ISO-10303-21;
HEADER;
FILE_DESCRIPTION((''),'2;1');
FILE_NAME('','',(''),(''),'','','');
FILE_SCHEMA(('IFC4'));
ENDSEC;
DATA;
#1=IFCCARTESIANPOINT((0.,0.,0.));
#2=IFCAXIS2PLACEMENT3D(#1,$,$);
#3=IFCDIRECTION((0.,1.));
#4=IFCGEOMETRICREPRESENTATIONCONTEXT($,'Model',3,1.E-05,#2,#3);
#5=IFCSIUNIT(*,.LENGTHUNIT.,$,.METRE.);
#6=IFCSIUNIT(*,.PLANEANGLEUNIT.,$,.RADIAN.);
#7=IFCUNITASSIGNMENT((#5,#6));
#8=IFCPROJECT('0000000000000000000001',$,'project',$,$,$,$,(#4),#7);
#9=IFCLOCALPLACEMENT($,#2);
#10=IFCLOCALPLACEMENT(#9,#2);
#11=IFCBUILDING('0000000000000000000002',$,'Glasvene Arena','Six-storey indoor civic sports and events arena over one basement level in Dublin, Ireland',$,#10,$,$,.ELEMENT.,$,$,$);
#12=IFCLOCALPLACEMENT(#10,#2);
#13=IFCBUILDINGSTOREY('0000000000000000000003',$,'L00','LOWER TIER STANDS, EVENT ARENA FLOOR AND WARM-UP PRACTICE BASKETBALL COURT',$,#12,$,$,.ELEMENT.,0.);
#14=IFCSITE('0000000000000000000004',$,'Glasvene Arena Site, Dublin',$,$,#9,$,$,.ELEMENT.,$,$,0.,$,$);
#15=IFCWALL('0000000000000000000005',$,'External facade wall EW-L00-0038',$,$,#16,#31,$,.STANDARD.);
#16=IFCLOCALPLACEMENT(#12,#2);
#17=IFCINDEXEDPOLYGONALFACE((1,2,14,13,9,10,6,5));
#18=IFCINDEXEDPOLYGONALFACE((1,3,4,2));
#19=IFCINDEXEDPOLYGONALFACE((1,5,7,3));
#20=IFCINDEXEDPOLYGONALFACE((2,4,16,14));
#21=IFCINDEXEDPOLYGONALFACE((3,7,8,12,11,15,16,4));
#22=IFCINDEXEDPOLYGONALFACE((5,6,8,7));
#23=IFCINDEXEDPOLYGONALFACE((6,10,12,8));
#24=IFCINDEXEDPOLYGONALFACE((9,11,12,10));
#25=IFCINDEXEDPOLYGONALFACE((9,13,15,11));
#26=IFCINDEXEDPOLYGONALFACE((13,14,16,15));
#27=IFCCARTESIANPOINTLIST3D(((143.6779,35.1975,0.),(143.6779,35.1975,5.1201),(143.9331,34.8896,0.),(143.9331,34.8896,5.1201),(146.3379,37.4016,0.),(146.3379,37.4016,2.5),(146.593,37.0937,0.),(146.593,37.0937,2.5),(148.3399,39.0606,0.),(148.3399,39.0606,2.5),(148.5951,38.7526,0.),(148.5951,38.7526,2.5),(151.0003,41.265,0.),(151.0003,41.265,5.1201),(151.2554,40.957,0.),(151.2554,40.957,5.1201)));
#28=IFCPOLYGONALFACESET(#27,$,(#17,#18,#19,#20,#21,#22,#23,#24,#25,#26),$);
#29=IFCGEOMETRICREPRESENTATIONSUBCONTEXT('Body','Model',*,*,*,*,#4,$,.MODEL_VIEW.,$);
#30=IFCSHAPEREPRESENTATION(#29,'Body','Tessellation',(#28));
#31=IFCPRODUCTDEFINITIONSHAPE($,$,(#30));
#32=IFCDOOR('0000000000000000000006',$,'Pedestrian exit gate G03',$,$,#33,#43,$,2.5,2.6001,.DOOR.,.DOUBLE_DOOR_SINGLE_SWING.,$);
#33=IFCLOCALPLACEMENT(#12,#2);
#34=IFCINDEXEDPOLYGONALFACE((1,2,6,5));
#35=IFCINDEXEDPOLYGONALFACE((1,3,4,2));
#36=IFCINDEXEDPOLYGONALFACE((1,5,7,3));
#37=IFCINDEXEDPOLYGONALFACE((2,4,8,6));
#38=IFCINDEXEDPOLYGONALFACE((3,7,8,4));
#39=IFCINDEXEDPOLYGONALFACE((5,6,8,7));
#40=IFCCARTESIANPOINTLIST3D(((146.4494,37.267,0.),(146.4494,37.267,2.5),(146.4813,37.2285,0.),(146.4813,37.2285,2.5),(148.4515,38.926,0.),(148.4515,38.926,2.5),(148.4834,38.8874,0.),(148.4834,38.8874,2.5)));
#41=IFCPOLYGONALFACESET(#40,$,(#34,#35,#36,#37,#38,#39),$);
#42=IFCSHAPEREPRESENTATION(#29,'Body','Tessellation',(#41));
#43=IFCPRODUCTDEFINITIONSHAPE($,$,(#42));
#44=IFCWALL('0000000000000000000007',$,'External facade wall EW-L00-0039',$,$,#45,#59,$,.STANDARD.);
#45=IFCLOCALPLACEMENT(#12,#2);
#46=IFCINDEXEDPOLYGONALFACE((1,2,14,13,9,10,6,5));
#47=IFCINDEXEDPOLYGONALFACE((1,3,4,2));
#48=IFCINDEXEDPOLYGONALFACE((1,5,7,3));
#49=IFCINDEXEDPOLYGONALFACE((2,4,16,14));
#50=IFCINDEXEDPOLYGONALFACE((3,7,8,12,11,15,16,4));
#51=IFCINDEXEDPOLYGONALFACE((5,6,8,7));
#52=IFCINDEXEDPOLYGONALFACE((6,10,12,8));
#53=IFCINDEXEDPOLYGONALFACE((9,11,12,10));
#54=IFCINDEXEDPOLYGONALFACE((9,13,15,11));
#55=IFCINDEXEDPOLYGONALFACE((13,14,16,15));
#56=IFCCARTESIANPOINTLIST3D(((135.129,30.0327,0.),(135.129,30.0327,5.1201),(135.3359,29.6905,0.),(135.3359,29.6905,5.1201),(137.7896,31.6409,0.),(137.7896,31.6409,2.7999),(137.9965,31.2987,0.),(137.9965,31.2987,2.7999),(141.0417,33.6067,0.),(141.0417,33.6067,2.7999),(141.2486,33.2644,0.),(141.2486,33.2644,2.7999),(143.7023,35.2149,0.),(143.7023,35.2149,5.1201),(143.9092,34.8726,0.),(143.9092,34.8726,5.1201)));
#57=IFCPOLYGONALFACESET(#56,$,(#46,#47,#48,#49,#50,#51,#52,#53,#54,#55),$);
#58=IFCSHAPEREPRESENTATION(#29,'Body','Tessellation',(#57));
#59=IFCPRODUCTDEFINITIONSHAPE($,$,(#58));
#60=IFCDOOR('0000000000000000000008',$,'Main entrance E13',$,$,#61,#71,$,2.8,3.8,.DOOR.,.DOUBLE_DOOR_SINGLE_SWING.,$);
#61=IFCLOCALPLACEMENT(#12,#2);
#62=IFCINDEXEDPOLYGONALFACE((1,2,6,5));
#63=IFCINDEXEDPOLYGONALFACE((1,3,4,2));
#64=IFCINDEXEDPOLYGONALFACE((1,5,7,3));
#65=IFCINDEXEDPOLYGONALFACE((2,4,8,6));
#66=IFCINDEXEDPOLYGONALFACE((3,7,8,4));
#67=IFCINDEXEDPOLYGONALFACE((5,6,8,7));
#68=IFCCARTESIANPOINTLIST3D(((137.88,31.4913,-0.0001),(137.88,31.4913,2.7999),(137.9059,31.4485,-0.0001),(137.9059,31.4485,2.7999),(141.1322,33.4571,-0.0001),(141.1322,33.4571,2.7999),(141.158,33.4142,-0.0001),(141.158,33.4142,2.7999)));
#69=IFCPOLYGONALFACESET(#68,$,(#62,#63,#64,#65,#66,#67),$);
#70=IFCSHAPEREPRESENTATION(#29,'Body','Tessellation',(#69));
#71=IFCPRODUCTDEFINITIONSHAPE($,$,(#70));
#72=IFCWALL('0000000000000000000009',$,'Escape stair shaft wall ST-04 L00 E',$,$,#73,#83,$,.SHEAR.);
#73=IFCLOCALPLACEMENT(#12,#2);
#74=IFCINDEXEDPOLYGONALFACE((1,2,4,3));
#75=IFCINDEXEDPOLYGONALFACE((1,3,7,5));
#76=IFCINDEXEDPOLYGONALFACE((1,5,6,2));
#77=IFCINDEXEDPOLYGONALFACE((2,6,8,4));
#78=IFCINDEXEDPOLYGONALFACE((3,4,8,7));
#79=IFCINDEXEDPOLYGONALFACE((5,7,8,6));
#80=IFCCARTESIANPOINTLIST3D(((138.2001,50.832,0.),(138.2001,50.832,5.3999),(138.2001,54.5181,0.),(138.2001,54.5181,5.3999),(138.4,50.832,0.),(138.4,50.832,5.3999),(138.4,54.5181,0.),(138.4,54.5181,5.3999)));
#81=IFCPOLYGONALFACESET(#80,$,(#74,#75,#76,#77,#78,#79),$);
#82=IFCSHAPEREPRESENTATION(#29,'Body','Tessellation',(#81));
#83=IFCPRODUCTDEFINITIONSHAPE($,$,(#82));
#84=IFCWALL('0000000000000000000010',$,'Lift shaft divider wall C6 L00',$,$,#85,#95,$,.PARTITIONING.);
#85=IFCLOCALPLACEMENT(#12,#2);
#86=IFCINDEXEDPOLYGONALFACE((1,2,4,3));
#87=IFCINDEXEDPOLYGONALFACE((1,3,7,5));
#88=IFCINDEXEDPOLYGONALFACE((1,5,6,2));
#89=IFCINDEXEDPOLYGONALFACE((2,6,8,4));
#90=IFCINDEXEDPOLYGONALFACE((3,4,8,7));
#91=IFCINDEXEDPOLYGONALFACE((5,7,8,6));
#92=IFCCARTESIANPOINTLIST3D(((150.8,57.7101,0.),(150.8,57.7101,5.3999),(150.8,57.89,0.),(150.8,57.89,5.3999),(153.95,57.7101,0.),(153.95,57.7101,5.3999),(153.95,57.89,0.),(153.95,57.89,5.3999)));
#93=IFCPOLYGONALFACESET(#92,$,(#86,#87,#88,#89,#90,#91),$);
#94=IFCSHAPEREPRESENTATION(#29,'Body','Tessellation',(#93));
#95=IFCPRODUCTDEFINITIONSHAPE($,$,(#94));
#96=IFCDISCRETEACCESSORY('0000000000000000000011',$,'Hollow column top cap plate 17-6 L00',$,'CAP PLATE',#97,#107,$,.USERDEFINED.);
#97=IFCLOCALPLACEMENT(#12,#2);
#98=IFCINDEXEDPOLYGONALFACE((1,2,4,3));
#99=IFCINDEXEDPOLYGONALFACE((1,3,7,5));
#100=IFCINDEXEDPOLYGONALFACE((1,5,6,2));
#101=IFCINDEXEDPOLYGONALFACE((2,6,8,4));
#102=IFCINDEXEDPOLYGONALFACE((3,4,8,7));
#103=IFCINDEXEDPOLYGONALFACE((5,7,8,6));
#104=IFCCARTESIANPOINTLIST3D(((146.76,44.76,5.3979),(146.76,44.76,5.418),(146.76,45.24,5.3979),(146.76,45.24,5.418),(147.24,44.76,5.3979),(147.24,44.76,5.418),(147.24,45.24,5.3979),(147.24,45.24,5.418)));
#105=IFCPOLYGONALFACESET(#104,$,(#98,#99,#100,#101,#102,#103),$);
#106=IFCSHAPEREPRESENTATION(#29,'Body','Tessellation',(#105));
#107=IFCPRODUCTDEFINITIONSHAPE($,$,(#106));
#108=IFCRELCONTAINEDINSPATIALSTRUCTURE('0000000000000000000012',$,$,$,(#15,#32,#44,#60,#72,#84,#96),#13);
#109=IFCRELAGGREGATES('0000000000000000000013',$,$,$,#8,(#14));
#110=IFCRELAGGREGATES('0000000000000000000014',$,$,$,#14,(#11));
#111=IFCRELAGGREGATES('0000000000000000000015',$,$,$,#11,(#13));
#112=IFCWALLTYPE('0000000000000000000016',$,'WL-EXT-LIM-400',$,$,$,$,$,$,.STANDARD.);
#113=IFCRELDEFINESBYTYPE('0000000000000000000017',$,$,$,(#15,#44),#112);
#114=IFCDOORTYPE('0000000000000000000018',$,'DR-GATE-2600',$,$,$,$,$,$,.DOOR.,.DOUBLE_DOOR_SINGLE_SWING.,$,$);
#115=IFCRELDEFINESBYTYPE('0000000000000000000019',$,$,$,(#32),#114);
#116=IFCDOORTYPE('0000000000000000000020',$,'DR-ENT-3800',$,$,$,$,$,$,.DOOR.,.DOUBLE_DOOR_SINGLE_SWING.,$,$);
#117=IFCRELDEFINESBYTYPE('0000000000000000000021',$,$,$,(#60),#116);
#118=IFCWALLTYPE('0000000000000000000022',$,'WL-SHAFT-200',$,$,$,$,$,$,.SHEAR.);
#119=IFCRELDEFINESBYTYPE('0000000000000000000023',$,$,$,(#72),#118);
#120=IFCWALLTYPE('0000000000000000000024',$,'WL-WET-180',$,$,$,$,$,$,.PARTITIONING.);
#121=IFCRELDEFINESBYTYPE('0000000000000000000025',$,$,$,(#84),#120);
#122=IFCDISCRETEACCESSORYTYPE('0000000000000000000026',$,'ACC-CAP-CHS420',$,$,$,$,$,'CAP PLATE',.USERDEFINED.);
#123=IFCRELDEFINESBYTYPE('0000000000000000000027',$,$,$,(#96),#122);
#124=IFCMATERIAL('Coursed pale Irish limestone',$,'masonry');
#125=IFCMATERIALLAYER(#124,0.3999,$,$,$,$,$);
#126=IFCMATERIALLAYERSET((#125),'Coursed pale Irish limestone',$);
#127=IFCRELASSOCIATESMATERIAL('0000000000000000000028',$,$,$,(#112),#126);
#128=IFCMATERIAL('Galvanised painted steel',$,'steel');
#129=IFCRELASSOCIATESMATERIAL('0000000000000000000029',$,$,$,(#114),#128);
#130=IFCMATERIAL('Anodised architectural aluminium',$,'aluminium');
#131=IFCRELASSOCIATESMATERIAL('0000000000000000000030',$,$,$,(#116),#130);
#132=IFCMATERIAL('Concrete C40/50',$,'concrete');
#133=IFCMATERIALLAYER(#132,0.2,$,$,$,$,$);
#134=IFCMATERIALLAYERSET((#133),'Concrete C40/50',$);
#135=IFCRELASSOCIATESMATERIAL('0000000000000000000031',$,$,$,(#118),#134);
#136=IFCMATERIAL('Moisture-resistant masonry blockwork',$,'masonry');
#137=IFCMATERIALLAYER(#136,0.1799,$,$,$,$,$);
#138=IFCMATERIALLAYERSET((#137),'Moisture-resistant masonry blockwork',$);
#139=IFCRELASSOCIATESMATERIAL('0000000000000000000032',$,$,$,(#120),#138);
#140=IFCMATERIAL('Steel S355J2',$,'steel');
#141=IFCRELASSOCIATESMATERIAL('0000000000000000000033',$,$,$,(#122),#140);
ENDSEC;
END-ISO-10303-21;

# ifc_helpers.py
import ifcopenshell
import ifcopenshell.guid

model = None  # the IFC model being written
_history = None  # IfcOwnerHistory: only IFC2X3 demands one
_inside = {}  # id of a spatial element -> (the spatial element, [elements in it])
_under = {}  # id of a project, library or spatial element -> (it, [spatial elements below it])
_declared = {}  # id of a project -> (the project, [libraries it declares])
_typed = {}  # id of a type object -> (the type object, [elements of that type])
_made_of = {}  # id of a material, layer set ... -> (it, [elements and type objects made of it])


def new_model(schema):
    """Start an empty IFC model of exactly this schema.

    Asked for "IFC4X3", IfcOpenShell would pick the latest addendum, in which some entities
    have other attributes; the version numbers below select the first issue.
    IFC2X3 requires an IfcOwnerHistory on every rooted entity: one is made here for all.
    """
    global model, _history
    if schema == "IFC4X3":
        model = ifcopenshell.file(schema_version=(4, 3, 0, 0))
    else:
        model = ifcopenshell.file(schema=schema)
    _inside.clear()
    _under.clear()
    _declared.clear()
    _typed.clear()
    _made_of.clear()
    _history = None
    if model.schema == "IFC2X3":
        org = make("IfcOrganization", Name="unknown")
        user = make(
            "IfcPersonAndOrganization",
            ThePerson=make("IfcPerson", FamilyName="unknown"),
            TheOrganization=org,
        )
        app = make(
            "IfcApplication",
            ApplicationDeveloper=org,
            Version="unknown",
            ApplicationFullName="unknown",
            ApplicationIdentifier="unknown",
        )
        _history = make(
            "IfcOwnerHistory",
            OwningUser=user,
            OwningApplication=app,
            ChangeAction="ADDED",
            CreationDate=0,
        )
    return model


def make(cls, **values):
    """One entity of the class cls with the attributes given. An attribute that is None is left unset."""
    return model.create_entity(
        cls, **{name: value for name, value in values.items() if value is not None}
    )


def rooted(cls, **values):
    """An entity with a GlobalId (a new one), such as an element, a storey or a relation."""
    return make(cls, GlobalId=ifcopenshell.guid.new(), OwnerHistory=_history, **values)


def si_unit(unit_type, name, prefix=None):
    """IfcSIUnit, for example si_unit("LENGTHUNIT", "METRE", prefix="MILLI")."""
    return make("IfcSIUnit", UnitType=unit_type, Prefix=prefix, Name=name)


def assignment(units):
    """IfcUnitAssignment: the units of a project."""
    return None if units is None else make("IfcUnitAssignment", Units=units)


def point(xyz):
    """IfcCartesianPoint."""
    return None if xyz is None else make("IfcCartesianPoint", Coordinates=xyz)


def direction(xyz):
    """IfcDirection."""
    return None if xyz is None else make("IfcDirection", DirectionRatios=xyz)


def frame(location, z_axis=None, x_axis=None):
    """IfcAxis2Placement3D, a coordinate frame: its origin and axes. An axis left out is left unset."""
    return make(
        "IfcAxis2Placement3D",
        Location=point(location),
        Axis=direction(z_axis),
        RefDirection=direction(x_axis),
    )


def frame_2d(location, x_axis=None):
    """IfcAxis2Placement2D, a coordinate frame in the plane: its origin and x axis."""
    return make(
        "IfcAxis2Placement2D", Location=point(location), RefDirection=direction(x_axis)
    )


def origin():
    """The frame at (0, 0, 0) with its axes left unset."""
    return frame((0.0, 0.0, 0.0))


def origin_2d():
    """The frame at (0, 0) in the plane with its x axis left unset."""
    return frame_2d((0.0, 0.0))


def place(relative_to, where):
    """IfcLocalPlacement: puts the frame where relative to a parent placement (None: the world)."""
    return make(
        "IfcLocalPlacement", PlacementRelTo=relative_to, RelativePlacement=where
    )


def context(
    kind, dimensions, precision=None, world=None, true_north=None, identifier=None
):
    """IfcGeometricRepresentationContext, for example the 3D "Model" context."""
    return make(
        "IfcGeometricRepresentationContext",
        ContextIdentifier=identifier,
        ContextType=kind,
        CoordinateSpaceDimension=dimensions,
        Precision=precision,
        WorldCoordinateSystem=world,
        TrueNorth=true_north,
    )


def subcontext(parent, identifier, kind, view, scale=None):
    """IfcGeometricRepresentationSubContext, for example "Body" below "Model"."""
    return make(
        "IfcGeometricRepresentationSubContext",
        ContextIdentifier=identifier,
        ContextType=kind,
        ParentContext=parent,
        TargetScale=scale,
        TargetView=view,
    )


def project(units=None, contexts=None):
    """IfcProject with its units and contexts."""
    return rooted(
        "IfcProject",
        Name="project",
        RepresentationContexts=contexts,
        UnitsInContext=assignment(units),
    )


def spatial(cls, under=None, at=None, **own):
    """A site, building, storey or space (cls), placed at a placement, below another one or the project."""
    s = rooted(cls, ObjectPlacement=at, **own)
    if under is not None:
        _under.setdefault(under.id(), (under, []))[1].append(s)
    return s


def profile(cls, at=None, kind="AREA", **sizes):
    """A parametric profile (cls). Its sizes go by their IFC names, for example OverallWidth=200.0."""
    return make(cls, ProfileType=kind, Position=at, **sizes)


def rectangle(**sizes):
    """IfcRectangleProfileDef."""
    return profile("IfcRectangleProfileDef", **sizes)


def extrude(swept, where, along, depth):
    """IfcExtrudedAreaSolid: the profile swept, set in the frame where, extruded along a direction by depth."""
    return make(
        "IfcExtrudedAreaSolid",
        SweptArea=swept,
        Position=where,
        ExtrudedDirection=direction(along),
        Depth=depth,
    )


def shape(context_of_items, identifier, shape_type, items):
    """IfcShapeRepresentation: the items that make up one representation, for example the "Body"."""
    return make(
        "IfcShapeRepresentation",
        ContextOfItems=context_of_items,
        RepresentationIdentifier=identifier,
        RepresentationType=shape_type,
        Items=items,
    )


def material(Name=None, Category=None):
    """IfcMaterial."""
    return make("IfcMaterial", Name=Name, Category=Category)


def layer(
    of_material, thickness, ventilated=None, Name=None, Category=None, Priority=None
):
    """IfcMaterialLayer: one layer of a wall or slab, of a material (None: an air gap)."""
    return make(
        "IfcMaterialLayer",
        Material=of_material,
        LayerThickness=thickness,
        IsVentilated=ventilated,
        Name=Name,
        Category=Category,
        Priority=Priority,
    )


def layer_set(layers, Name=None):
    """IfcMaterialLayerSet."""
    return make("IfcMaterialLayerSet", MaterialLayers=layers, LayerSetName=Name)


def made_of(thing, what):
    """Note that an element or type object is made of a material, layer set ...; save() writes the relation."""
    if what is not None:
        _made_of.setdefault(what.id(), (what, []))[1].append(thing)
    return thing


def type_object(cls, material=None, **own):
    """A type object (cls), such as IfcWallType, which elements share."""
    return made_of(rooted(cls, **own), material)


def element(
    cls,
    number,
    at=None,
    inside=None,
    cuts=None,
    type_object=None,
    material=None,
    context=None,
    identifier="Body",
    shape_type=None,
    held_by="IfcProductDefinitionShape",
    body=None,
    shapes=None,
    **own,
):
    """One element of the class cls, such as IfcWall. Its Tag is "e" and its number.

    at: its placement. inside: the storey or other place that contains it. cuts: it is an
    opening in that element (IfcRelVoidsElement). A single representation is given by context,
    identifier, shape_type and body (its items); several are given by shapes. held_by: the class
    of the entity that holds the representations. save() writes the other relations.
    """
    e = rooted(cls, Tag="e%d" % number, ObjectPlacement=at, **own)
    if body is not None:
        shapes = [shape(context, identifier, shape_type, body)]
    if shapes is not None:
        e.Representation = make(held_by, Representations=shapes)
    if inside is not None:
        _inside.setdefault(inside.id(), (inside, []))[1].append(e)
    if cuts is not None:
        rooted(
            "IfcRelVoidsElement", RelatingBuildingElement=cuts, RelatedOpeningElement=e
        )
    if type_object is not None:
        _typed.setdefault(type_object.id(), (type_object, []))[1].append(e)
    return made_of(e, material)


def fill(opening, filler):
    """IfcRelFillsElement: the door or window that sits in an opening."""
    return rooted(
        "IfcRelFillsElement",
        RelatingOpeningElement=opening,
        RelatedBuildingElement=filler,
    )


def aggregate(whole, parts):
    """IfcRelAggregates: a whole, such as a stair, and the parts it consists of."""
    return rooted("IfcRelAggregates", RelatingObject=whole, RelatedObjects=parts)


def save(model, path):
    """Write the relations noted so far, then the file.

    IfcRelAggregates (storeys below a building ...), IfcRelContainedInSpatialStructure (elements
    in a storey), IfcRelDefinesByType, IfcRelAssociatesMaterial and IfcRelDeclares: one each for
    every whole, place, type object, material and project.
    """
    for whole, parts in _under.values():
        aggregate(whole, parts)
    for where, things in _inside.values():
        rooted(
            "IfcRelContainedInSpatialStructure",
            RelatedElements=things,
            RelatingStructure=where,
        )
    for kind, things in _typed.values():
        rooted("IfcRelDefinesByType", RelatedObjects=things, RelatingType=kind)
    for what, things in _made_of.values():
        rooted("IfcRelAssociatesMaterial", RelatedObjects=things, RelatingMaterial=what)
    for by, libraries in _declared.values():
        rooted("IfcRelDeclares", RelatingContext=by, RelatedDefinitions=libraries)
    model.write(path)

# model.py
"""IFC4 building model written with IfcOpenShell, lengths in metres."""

from ifc_helpers import new_model, si_unit, direction, frame, frame_2d, origin, origin_2d, place, context, subcontext, project, spatial, rectangle, extrude, material, layer, layer_set, type_object, element, fill, save


model = new_model("IFC4")

# Units and contexts
model_context = context("Model", 3, precision=1e-05, world=origin(), true_north=direction((0.0, 1.0)))
body_context = subcontext(model_context, "Body", "Model", "MODEL_VIEW")
ifc_project = project(units=[si_unit("LENGTHUNIT", "METRE"), si_unit("PLANEANGLEUNIT", "RADIAN")], contexts=[model_context])

# Site, building, storey
site_placement = place(None, origin())
site = spatial("IfcSite", under=ifc_project, at=site_placement, Name="Glasvene Arena Site, Dublin", CompositionType="ELEMENT", RefElevation=0.0)
building_placement = place(site_placement, origin())
building = spatial("IfcBuilding", under=site, at=building_placement, Name="Glasvene Arena", Description="Six-storey indoor civic sports and events arena over one basement level in Dublin, Ireland", CompositionType="ELEMENT")
storey_placement = place(building_placement, origin())
storey = spatial("IfcBuildingStorey", under=building, at=storey_placement, Name="L00", Description="LOWER TIER STANDS, EVENT ARENA FLOOR AND WARM-UP PRACTICE BASKETBALL COURT", CompositionType="ELEMENT", Elevation=0.0)

# Shared definitions
ifc_material_1 = material(Name="Concrete C40/50", Category="concrete")
ifc_material_2 = material(Name="Steel S355J2", Category="steel")

# Walls, openings, doors
ifc_material_3 = material(Name="Coursed pale Irish limestone", Category="masonry")
ifc_layer_1 = layer(ifc_material_3, 0.3999)
ifc_layer_set_1 = layer_set([ifc_layer_1], Name="Coursed pale Irish limestone")
wall_type_1 = type_object("IfcWallType", Name="WL-EXT-LIM-400", PredefinedType="STANDARD", material=ifc_layer_set_1)
wall_1_placement = place(storey_placement, frame((151.1279, 41.1111, 0.0), z_axis=(0.0, 0.0, 1.0), x_axis=(-0.770003, -0.63804, 0.0)))
wall_1 = element("IfcWall", 1, at=wall_1_placement, inside=storey, type_object=wall_type_1, Name="External facade wall EW-L00-0038", PredefinedType="STANDARD", context=body_context, shape_type="SweptSolid", body=[
    extrude(rectangle(XDim=9.5095, YDim=0.3999, at=frame_2d((4.7549, 0.0))), origin(), (0.0, 0.0, 1.0), 5.1201),
])
opening_1_placement = place(wall_1_placement, frame((3.4551, 0.0, 0.0)))
opening_1 = element("IfcOpeningElement", 2, at=opening_1_placement, cuts=wall_1, PredefinedType="OPENING", context=body_context, shape_type="SweptSolid", body=[
    extrude(rectangle(XDim=2.6001, YDim=2.5, at=frame_2d((1.3, 1.25))), frame((0.0, 0.21, 0.0), z_axis=(0.0, -1.0, 0.0), x_axis=(1.0, 0.0, 0.0)), (0.0, 0.0, 1.0), 0.4199),
])
ifc_material_4 = material(Name="Galvanised painted steel", Category="steel")
door_type_1 = type_object("IfcDoorType", Name="DR-GATE-2600", OperationType="DOUBLE_DOOR_SINGLE_SWING", PredefinedType="DOOR", material=ifc_material_4)
door_1_placement = place(opening_1_placement, origin())
door_1 = element("IfcDoor", 3, at=door_1_placement, inside=storey, type_object=door_type_1, Name="Pedestrian exit gate G03", OperationType="DOUBLE_DOOR_SINGLE_SWING", OverallHeight=2.5, OverallWidth=2.6001, PredefinedType="DOOR", context=body_context, shape_type="SweptSolid", body=[
    extrude(rectangle(XDim=2.6001, YDim=2.5, at=frame_2d((1.3, 1.25))), frame((0.0, 0.0249, 0.0), z_axis=(0.0, -1.0, 0.0), x_axis=(1.0, 0.0, 0.0)), (0.0, 0.0, 1.0), 0.05),
])
fill(opening_1, door_1)
wall_2_placement = place(storey_placement, frame((143.8057, 35.0437, 0.0), z_axis=(0.0, 0.0, 1.0), x_axis=(-0.855807, -0.517296, 0.0)))
wall_2 = element("IfcWall", 4, at=wall_2_placement, inside=storey, type_object=wall_type_1, Name="External facade wall EW-L00-0039", PredefinedType="STANDARD", context=body_context, shape_type="SweptSolid", body=[
    extrude(rectangle(XDim=10.0178, YDim=0.3999, at=frame_2d((5.0088, 0.0))), origin(), (0.0, 0.0, 1.0), 5.1201),
])
opening_2_placement = place(wall_2_placement, frame((3.1089, 0.0, 0.0)))
opening_2 = element("IfcOpeningElement", 5, at=opening_2_placement, cuts=wall_2, PredefinedType="OPENING", context=body_context, shape_type="SweptSolid", body=[
    extrude(rectangle(XDim=3.8, YDim=2.8, at=frame_2d((1.8999, 1.3999))), frame((0.0, 0.21, 0.0), z_axis=(0.0, -1.0, 0.0), x_axis=(1.0, 0.0, 0.0)), (0.0, 0.0, 1.0), 0.4199),
])
ifc_material_5 = material(Name="Anodised architectural aluminium", Category="aluminium")
door_type_2 = type_object("IfcDoorType", Name="DR-ENT-3800", OperationType="DOUBLE_DOOR_SINGLE_SWING", PredefinedType="DOOR", material=ifc_material_5)
door_2_placement = place(opening_2_placement, origin())
door_2 = element("IfcDoor", 6, at=door_2_placement, inside=storey, type_object=door_type_2, Name="Main entrance E13", OperationType="DOUBLE_DOOR_SINGLE_SWING", OverallHeight=2.8, OverallWidth=3.8, PredefinedType="DOOR", context=body_context, shape_type="SweptSolid", body=[
    extrude(rectangle(XDim=3.8, YDim=2.8, at=frame_2d((1.8999, 1.3999))), frame((0.0, 0.0249, 0.0), z_axis=(0.0, -1.0, 0.0), x_axis=(1.0, 0.0, 0.0)), (0.0, 0.0, 1.0), 0.05),
])
fill(opening_2, door_2)
ifc_layer_2 = layer(ifc_material_1, 0.2)
ifc_layer_set_2 = layer_set([ifc_layer_2], Name="Concrete C40/50")
wall_type_2 = type_object("IfcWallType", Name="WL-SHAFT-200", PredefinedType="SHEAR", material=ifc_layer_set_2)

# Walls
wall_3_placement = place(storey_placement, frame((138.3, 50.832, 0.0), z_axis=(0.0, 0.0, 1.0), x_axis=(0.0, 1.0, 0.0)))
element("IfcWall", 7, at=wall_3_placement, inside=storey, type_object=wall_type_2, Name="Escape stair shaft wall ST-04 L00 E", PredefinedType="SHEAR", context=body_context, shape_type="SweptSolid", body=[
    extrude(rectangle(XDim=3.686, YDim=0.2, at=frame_2d((1.843, 0.0))), origin(), (0.0, 0.0, 1.0), 5.3999),
])
ifc_material_6 = material(Name="Moisture-resistant masonry blockwork", Category="masonry")
ifc_layer_3 = layer(ifc_material_6, 0.1799)
ifc_layer_set_3 = layer_set([ifc_layer_3], Name="Moisture-resistant masonry blockwork")
wall_type_3 = type_object("IfcWallType", Name="WL-WET-180", PredefinedType="PARTITIONING", material=ifc_layer_set_3)
wall_4_placement = place(storey_placement, frame((150.8, 57.8, 0.0), z_axis=(0.0, 0.0, 1.0), x_axis=(1.0, 0.0, 0.0)))
element("IfcWall", 8, at=wall_4_placement, inside=storey, type_object=wall_type_3, Name="Lift shaft divider wall C6 L00", PredefinedType="PARTITIONING", context=body_context, shape_type="SweptSolid", body=[
    extrude(rectangle(XDim=3.1499, YDim=0.1799, at=frame_2d((1.575, 0.0))), origin(), (0.0, 0.0, 1.0), 5.3999),
])

# Discrete accessory
discrete_accessory_type = type_object("IfcDiscreteAccessoryType", Name="ACC-CAP-CHS420", ElementType="CAP PLATE", PredefinedType="USERDEFINED", material=ifc_material_2)
discrete_accessory_placement = place(storey_placement, frame((147.0, 45.0, 5.3979), z_axis=(0.0, 0.0, 1.0), x_axis=(1.0, 0.0, 0.0)))
element("IfcDiscreteAccessory", 9, at=discrete_accessory_placement, inside=storey, type_object=discrete_accessory_type, Name="Hollow column top cap plate 17-6 L00", ObjectType="CAP PLATE", PredefinedType="USERDEFINED", context=body_context, shape_type="SweptSolid", body=[
    extrude(rectangle(XDim=0.48, YDim=0.48, at=origin_2d()), origin(), (0.0, 0.0, 1.0), 0.02),
])

save(model, "model.ifc")
